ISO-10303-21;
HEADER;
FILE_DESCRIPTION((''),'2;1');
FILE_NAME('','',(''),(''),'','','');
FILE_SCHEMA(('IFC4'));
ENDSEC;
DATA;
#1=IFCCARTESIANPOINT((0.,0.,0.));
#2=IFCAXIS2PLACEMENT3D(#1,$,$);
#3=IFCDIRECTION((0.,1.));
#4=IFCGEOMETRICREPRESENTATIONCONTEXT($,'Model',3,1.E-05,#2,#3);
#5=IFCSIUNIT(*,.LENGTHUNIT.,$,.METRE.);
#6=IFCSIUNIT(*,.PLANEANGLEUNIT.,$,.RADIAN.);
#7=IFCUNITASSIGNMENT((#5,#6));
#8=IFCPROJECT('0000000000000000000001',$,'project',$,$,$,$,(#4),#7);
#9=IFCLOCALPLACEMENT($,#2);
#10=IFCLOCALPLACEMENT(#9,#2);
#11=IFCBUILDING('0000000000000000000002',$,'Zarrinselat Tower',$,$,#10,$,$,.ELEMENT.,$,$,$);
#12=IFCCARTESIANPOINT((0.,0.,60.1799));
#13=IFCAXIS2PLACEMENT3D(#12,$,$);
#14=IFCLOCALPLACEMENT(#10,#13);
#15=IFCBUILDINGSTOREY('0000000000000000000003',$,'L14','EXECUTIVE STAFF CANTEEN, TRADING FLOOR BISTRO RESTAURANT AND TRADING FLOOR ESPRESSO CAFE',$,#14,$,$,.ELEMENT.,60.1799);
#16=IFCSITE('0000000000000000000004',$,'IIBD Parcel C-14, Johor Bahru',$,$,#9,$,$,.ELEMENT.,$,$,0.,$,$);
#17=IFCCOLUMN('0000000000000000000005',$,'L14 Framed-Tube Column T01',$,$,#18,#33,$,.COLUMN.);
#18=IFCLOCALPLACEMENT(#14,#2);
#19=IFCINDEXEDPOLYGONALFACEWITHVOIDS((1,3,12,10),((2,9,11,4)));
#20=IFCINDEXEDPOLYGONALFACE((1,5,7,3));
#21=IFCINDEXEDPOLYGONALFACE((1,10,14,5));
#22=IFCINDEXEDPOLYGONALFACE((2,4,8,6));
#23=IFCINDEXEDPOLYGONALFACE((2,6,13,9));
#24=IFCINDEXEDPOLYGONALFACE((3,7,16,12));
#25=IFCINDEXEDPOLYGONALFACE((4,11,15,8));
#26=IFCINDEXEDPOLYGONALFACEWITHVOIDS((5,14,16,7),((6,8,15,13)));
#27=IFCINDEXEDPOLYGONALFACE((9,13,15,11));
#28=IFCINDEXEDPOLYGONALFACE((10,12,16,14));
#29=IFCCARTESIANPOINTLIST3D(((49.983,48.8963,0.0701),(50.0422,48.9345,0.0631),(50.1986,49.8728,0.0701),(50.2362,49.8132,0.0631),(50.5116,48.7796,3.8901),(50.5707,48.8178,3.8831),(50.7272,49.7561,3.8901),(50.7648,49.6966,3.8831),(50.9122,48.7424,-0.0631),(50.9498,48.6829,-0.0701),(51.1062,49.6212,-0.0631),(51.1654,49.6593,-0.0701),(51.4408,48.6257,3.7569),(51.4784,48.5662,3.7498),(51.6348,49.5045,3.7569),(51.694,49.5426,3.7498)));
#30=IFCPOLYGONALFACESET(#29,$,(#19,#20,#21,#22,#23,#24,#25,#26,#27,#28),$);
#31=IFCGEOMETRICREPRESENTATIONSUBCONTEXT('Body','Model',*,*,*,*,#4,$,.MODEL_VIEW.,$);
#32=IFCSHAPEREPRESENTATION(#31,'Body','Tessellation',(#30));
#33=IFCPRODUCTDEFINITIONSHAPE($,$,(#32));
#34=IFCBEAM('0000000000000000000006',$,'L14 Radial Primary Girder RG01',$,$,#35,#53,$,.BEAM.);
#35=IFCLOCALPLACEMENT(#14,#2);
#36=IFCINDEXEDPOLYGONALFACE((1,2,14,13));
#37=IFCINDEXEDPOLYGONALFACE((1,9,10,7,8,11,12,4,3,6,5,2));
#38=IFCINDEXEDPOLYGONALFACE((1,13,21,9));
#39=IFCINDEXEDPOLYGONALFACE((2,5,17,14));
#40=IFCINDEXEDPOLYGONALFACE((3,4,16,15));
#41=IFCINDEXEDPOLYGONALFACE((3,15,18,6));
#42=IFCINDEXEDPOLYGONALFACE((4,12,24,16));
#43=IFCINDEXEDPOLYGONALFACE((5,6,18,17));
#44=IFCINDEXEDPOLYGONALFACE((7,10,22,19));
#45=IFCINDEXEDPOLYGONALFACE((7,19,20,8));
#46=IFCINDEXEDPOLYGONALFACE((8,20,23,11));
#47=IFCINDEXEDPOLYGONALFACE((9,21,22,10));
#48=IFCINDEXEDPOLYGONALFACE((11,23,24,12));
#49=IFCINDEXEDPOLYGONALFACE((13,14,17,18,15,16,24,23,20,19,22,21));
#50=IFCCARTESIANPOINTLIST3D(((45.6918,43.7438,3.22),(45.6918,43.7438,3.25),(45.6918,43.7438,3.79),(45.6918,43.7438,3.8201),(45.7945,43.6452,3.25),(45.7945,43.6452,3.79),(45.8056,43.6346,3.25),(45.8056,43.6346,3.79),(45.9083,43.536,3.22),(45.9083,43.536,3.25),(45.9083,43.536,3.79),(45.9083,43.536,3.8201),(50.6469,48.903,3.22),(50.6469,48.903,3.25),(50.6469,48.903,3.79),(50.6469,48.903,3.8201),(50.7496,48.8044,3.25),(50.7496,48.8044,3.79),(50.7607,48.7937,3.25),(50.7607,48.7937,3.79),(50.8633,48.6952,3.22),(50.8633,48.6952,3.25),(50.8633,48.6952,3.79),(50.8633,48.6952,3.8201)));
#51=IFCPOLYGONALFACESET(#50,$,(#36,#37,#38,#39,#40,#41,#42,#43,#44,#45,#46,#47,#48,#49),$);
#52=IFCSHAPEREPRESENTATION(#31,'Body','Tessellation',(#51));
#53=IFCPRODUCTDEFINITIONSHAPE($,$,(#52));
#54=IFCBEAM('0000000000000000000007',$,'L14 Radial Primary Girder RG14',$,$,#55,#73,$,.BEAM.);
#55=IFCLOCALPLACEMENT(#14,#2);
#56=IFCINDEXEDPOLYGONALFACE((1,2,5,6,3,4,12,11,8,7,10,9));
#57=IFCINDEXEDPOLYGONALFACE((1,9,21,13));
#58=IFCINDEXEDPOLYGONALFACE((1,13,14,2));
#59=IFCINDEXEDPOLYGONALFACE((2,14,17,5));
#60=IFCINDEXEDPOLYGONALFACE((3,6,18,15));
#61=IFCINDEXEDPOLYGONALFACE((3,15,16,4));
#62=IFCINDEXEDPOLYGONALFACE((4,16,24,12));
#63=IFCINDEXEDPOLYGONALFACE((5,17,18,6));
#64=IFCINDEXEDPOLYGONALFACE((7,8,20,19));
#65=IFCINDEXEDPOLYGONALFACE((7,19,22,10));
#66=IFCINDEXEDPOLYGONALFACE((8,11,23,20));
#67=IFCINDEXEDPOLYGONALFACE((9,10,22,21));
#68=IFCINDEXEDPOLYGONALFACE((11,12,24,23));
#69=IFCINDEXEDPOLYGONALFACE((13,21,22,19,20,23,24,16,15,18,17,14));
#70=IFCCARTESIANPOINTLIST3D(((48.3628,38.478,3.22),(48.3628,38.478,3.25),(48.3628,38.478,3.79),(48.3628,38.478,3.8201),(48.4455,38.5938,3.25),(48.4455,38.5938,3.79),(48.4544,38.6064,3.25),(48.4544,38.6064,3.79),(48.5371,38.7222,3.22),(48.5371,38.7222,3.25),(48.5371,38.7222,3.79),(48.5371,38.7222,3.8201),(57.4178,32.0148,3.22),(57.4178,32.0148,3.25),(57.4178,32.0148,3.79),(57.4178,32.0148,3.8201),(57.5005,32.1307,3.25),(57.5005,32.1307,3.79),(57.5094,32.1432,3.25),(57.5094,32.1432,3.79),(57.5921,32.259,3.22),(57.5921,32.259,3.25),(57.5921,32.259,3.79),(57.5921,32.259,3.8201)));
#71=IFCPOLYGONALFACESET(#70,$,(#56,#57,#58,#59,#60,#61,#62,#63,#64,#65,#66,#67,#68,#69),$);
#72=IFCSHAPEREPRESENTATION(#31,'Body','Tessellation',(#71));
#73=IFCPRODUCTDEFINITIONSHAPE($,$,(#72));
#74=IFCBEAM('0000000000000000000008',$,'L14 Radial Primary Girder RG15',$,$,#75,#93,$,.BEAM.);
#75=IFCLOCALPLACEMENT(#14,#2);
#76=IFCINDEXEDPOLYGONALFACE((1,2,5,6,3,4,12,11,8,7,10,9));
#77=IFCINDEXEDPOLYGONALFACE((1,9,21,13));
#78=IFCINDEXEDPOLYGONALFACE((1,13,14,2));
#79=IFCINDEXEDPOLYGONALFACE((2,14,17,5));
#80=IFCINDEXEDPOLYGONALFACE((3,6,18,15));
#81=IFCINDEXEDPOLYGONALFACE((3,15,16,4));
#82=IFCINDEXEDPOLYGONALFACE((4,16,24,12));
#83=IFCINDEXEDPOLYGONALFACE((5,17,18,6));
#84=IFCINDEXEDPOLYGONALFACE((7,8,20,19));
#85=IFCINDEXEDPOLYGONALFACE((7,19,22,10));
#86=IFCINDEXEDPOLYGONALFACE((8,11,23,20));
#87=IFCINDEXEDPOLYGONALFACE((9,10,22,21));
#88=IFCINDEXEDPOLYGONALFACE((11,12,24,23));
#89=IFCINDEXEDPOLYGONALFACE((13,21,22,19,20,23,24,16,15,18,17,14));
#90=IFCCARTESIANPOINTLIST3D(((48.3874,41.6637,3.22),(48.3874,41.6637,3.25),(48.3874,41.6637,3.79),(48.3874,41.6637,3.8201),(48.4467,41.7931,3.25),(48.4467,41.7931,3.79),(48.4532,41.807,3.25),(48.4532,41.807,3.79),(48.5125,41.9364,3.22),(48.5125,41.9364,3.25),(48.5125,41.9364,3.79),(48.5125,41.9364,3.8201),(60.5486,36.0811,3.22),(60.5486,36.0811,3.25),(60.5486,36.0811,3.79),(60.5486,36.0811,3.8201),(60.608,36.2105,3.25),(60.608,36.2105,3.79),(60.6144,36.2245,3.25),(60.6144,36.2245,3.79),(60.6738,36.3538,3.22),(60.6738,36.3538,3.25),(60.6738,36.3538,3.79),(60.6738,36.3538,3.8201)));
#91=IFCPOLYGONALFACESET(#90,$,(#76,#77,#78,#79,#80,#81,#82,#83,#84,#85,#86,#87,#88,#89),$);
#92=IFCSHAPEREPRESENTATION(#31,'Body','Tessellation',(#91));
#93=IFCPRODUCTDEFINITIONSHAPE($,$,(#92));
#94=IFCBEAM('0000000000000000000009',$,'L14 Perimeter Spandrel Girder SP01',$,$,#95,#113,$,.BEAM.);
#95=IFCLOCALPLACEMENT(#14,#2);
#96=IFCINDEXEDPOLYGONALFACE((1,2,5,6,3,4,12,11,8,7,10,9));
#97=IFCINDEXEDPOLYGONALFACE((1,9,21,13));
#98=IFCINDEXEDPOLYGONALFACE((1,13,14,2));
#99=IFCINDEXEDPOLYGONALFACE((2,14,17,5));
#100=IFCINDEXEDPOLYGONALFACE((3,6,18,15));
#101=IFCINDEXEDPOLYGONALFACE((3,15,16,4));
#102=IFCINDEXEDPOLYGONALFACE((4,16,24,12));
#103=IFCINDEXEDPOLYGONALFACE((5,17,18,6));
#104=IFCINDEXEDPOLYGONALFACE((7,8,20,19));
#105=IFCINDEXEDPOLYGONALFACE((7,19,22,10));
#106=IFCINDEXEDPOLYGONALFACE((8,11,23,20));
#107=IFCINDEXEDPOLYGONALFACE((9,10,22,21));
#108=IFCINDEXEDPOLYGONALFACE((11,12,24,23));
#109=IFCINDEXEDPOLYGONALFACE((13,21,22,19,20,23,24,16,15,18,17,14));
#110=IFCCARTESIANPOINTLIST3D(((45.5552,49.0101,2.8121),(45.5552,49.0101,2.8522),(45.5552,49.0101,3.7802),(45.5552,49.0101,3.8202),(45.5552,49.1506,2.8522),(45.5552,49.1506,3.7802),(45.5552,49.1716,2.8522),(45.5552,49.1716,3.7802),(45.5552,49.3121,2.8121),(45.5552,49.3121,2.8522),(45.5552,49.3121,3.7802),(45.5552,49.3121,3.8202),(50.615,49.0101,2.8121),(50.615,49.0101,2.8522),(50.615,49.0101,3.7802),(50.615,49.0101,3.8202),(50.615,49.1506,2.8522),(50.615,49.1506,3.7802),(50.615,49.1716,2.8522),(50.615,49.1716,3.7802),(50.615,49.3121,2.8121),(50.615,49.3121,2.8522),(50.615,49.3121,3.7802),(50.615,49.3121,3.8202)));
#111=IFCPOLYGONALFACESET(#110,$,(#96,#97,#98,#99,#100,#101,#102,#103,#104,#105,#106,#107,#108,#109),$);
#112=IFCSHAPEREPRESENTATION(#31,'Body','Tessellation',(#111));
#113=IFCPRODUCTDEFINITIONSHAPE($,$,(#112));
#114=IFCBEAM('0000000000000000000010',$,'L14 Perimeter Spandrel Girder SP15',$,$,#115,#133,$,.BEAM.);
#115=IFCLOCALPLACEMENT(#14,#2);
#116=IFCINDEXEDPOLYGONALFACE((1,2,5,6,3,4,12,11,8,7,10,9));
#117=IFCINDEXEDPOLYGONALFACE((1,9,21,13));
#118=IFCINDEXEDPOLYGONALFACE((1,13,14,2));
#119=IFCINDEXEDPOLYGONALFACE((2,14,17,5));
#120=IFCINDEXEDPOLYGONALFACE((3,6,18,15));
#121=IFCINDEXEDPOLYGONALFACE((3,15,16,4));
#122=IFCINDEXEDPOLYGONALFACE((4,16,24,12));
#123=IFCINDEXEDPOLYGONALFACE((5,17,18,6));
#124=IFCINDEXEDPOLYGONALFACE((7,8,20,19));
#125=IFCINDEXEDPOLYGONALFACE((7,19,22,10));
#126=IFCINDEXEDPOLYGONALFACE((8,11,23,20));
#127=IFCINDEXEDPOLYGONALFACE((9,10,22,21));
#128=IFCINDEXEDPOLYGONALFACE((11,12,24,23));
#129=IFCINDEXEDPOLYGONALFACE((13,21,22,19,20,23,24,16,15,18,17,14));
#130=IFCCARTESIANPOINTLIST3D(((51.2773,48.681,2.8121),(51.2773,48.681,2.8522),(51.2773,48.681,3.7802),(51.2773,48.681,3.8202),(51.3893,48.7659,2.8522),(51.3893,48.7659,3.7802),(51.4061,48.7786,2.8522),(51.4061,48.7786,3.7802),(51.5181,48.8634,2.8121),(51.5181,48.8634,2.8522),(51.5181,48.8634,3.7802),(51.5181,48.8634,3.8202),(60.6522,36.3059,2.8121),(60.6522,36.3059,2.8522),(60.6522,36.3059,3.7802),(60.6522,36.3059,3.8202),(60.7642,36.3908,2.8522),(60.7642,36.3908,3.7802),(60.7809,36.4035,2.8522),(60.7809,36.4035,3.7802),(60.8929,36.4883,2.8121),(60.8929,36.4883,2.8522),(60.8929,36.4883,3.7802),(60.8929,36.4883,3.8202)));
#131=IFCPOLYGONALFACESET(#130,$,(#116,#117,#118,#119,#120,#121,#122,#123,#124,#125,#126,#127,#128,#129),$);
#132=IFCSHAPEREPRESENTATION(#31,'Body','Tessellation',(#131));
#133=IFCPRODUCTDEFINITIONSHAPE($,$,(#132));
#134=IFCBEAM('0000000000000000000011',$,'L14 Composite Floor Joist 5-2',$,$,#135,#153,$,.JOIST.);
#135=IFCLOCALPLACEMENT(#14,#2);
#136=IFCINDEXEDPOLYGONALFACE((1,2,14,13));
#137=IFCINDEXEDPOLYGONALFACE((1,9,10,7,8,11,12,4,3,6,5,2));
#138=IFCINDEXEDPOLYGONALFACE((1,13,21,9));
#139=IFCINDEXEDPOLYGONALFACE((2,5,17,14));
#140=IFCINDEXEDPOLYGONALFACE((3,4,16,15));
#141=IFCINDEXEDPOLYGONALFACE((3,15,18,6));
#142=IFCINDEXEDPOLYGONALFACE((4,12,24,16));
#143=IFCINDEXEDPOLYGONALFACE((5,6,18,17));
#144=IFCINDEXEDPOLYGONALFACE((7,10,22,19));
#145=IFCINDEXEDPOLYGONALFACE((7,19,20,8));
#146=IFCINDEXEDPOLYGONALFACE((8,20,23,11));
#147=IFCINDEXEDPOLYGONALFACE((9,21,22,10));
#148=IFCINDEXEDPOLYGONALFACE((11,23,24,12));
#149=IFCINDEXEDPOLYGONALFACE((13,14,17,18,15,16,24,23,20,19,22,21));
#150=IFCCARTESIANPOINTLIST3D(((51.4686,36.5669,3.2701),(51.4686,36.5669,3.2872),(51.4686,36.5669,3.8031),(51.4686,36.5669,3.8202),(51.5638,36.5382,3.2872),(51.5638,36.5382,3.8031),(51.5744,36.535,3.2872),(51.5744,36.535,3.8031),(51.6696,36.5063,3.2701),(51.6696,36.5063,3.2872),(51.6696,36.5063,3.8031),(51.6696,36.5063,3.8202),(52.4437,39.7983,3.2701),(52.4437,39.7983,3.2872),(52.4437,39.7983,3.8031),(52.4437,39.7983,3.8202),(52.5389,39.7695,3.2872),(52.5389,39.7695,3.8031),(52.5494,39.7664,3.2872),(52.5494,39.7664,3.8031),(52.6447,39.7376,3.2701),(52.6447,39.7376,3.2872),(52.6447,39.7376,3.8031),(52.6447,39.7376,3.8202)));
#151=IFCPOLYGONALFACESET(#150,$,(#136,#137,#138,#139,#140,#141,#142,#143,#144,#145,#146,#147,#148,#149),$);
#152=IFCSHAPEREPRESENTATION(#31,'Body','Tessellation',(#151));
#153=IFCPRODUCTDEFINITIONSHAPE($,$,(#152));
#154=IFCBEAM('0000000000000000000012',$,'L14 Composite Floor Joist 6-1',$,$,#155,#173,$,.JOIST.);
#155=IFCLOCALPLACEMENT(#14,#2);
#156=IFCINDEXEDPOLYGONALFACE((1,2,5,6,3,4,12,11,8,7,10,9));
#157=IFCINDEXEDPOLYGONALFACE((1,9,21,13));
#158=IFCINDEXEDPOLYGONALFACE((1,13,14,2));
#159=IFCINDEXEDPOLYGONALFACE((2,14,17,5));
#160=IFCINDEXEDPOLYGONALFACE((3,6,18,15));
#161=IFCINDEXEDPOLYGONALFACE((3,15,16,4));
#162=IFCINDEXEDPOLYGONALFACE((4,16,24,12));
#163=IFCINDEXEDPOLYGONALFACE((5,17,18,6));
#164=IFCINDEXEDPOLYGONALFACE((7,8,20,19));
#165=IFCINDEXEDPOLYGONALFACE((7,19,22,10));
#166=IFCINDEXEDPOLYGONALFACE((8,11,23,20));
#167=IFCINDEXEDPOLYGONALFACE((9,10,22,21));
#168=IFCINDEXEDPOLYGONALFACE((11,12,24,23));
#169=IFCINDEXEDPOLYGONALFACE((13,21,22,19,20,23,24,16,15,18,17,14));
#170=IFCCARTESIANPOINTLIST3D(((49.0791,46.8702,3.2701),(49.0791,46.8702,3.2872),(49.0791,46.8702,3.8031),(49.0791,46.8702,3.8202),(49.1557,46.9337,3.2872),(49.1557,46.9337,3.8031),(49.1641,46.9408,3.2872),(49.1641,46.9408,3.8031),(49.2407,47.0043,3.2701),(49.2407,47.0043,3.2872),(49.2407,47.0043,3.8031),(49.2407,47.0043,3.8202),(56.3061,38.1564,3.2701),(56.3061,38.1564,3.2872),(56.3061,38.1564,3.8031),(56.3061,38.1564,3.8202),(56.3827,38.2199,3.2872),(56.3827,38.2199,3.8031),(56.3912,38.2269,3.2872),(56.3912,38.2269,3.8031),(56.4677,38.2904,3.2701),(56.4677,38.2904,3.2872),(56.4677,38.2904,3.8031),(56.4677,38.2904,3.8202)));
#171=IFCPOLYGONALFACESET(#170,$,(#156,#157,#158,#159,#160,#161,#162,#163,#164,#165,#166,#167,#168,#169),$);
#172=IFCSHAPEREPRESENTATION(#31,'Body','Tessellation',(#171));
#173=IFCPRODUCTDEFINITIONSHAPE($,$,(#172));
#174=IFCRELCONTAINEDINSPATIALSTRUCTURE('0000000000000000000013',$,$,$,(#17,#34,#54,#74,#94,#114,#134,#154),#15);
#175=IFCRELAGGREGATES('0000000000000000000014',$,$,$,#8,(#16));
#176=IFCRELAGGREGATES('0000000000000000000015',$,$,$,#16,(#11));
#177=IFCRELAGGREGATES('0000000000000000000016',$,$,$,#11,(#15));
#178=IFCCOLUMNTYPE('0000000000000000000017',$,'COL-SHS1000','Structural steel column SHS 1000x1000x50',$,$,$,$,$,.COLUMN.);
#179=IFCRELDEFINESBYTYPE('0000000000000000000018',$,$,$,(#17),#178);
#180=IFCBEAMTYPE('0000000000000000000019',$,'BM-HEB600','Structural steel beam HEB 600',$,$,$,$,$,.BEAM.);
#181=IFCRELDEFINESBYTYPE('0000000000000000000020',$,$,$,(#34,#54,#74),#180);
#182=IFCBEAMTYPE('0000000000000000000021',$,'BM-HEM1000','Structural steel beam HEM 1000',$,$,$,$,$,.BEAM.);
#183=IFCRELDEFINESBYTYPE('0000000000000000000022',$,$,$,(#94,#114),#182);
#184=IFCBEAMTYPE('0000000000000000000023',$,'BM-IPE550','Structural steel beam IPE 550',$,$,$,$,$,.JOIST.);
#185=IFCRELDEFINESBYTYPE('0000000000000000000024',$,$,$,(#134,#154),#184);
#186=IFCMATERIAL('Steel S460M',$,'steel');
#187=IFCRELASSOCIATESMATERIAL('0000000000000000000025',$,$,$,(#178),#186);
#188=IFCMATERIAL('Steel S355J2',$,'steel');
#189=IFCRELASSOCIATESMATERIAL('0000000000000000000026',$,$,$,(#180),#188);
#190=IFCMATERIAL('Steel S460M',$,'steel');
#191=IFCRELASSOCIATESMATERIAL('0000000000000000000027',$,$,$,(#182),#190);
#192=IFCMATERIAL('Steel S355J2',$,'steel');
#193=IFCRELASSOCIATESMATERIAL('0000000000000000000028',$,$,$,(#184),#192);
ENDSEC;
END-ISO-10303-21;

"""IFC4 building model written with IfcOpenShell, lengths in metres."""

from ifc_helpers import new_model, si_unit, direction, frame, origin, origin_2d, place, context, subcontext, project, spatial, hollow_rectangle, i_section, extrude, material, material_profile, profile_set, type_object, element, save


model = new_model("IFC4")

# Units and contexts
model_context = context("Model", 3, precision=1e-05, world=origin(), true_north=direction((0.0, 1.0)))
body_context = subcontext(model_context, "Body", "Model", "MODEL_VIEW")
ifc_project = project(units=[si_unit("LENGTHUNIT", "METRE"), si_unit("PLANEANGLEUNIT", "RADIAN")], contexts=[model_context])

# Site, building, storey
site_placement = place(None, origin())
site = spatial("IfcSite", under=ifc_project, at=site_placement, Name="IIBD Parcel C-14, Johor Bahru", CompositionType="ELEMENT", RefElevation=0.0)
building_placement = place(site_placement, origin())
building = spatial("IfcBuilding", under=site, at=building_placement, Name="Zarrinselat Tower", CompositionType="ELEMENT")
storey_placement = place(building_placement, frame((0.0, 0.0, 60.1799)))
storey = spatial("IfcBuildingStorey", under=building, at=storey_placement, Name="L14", Description="EXECUTIVE STAFF CANTEEN, TRADING FLOOR BISTRO RESTAURANT AND TRADING FLOOR ESPRESSO CAFE", CompositionType="ELEMENT", Elevation=60.1799)

# Column
ifc_material_1 = material(Name="Steel S460M", Category="steel")
ifc_material_profile_1 = material_profile(ifc_material_1, hollow_rectangle(XDim=1.0, YDim=1.0, WallThickness=0.05, at=origin_2d()), Name="SHS 1000x1000x50")
ifc_profile_set_1 = profile_set([ifc_material_profile_1], Name="Steel S460M")
column_type = type_object("IfcColumnType", Name="COL-SHS1000", Description="Structural steel column SHS 1000x1000x50", PredefinedType="COLUMN", material=ifc_profile_set_1)
column_placement = place(storey_placement, frame((50.5742, 49.2778, 0.0), z_axis=(0.136997, -0.030247, 0.99011), x_axis=(0.215593, 0.976483, 0.0)))
element("IfcColumn", 1, at=column_placement, inside=storey, type_object=column_type, Name="L14 Framed-Tube Column T01", PredefinedType="COLUMN", context=body_context, shape_type="SweptSolid", body=[
    extrude(hollow_rectangle(XDim=1.0, YDim=1.0, WallThickness=0.05, at=origin_2d()), origin(), (0.0, 0.0, 1.0), 3.8582),
])

# Beams
ifc_material_2 = material(Name="Steel S355J2", Category="steel")
ifc_material_profile_2 = material_profile(ifc_material_2, i_section(OverallWidth=0.3, OverallDepth=0.6001, WebThickness=0.0154, FlangeThickness=0.03, at=origin_2d()), Name="HEB 600")
ifc_profile_set_2 = profile_set([ifc_material_profile_2], Name="Steel S355J2")
beam_type_1 = type_object("IfcBeamType", Name="BM-HEB600", Description="Structural steel beam HEB 600", PredefinedType="BEAM", material=ifc_profile_set_2)
beam_1_placement = place(storey_placement, frame((45.8, 43.6399, 3.52), z_axis=(0.692697, 0.721229, 0.0), x_axis=(-0.721229, 0.692697, 0.0)))
element("IfcBeam", 2, at=beam_1_placement, inside=storey, type_object=beam_type_1, Name="L14 Radial Primary Girder RG01", PredefinedType="BEAM", context=body_context, shape_type="SweptSolid", body=[
    extrude(i_section(OverallWidth=0.3, OverallDepth=0.6001, WebThickness=0.0154, FlangeThickness=0.03, at=origin_2d()), origin(), (0.0, 0.0, 1.0), 7.1533),
])
beam_2_placement = place(storey_placement, frame((48.45, 38.6001, 3.52), z_axis=(0.813932, -0.58096, 0.0), x_axis=(0.58096, 0.813932, 0.0)))
element("IfcBeam", 3, at=beam_2_placement, inside=storey, type_object=beam_type_1, Name="L14 Radial Primary Girder RG14", PredefinedType="BEAM", context=body_context, shape_type="SweptSolid", body=[
    extrude(i_section(OverallWidth=0.3, OverallDepth=0.6001, WebThickness=0.0154, FlangeThickness=0.03, at=origin_2d()), origin(), (0.0, 0.0, 1.0), 11.125),
])
beam_3_placement = place(storey_placement, frame((48.45, 41.8, 3.52), z_axis=(0.908819, -0.41719, 0.0), x_axis=(0.41719, 0.908819, 0.0)))
element("IfcBeam", 4, at=beam_3_placement, inside=storey, type_object=beam_type_1, Name="L14 Radial Primary Girder RG15", PredefinedType="BEAM", context=body_context, shape_type="SweptSolid", body=[
    extrude(i_section(OverallWidth=0.3, OverallDepth=0.6001, WebThickness=0.0154, FlangeThickness=0.03, at=origin_2d()), origin(), (0.0, 0.0, 1.0), 13.3813),
])
ifc_material_3 = material(Name="Steel S460M", Category="steel")
ifc_material_profile_3 = material_profile(ifc_material_3, i_section(OverallWidth=0.302, OverallDepth=1.0081, WebThickness=0.021, FlangeThickness=0.04, at=origin_2d()), Name="HEM 1000")
ifc_profile_set_3 = profile_set([ifc_material_profile_3], Name="Steel S460M")
beam_type_2 = type_object("IfcBeamType", Name="BM-HEM1000", Description="Structural steel beam HEM 1000", PredefinedType="BEAM", material=ifc_profile_set_3)
beam_4_placement = place(storey_placement, frame((45.5552, 49.1611, 3.3162), z_axis=(1.0, 0.0, 0.0), x_axis=(0.0, 1.0, 0.0)))
element("IfcBeam", 5, at=beam_4_placement, inside=storey, type_object=beam_type_2, Name="L14 Perimeter Spandrel Girder SP01", PredefinedType="BEAM", context=body_context, shape_type="SweptSolid", body=[
    extrude(i_section(OverallWidth=0.302, OverallDepth=1.0081, WebThickness=0.021, FlangeThickness=0.04, at=origin_2d()), origin(), (0.0, 0.0, 1.0), 5.0598),
])
beam_5_placement = place(storey_placement, frame((51.3977, 48.7722, 3.3162), z_axis=(0.603848, -0.7971, 0.0), x_axis=(0.7971, 0.603848, 0.0)))
element("IfcBeam", 6, at=beam_5_placement, inside=storey, type_object=beam_type_2, Name="L14 Perimeter Spandrel Girder SP15", PredefinedType="BEAM", context=body_context, shape_type="SweptSolid", body=[
    extrude(i_section(OverallWidth=0.302, OverallDepth=1.0081, WebThickness=0.021, FlangeThickness=0.04, at=origin_2d()), origin(), (0.0, 0.0, 1.0), 15.5251),
])
ifc_material_4 = material(Name="Steel S355J2", Category="steel")
ifc_material_profile_4 = material_profile(ifc_material_4, i_section(OverallWidth=0.21, OverallDepth=0.55, WebThickness=0.011, FlangeThickness=0.0171, at=origin_2d()), Name="IPE 550")
ifc_profile_set_4 = profile_set([ifc_material_profile_4], Name="Steel S355J2")
beam_type_3 = type_object("IfcBeamType", Name="BM-IPE550", Description="Structural steel beam IPE 550", PredefinedType="JOIST", material=ifc_profile_set_4)
beam_6_placement = place(storey_placement, frame((51.5691, 36.5366, 3.5452), z_axis=(0.288887, 0.957363, 0.0), x_axis=(-0.957363, 0.288887, 0.0)))
element("IfcBeam", 7, at=beam_6_placement, inside=storey, type_object=beam_type_3, Name="L14 Composite Floor Joist 5-2", PredefinedType="JOIST", context=body_context, shape_type="SweptSolid", body=[
    extrude(i_section(OverallWidth=0.21, OverallDepth=0.55, WebThickness=0.011, FlangeThickness=0.0171, at=origin_2d()), origin(), (0.0, 0.0, 1.0), 3.3752),
])
beam_7_placement = place(storey_placement, frame((49.1599, 46.9373, 3.5452), z_axis=(0.638384, -0.769718, 0.0), x_axis=(0.769718, 0.638384, 0.0)))
element("IfcBeam", 8, at=beam_7_placement, inside=storey, type_object=beam_type_3, Name="L14 Composite Floor Joist 6-1", PredefinedType="JOIST", context=body_context, shape_type="SweptSolid", body=[
    extrude(i_section(OverallWidth=0.21, OverallDepth=0.55, WebThickness=0.011, FlangeThickness=0.0171, at=origin_2d()), origin(), (0.0, 0.0, 1.0), 11.3208),
])

save(model, "model.ifc")
